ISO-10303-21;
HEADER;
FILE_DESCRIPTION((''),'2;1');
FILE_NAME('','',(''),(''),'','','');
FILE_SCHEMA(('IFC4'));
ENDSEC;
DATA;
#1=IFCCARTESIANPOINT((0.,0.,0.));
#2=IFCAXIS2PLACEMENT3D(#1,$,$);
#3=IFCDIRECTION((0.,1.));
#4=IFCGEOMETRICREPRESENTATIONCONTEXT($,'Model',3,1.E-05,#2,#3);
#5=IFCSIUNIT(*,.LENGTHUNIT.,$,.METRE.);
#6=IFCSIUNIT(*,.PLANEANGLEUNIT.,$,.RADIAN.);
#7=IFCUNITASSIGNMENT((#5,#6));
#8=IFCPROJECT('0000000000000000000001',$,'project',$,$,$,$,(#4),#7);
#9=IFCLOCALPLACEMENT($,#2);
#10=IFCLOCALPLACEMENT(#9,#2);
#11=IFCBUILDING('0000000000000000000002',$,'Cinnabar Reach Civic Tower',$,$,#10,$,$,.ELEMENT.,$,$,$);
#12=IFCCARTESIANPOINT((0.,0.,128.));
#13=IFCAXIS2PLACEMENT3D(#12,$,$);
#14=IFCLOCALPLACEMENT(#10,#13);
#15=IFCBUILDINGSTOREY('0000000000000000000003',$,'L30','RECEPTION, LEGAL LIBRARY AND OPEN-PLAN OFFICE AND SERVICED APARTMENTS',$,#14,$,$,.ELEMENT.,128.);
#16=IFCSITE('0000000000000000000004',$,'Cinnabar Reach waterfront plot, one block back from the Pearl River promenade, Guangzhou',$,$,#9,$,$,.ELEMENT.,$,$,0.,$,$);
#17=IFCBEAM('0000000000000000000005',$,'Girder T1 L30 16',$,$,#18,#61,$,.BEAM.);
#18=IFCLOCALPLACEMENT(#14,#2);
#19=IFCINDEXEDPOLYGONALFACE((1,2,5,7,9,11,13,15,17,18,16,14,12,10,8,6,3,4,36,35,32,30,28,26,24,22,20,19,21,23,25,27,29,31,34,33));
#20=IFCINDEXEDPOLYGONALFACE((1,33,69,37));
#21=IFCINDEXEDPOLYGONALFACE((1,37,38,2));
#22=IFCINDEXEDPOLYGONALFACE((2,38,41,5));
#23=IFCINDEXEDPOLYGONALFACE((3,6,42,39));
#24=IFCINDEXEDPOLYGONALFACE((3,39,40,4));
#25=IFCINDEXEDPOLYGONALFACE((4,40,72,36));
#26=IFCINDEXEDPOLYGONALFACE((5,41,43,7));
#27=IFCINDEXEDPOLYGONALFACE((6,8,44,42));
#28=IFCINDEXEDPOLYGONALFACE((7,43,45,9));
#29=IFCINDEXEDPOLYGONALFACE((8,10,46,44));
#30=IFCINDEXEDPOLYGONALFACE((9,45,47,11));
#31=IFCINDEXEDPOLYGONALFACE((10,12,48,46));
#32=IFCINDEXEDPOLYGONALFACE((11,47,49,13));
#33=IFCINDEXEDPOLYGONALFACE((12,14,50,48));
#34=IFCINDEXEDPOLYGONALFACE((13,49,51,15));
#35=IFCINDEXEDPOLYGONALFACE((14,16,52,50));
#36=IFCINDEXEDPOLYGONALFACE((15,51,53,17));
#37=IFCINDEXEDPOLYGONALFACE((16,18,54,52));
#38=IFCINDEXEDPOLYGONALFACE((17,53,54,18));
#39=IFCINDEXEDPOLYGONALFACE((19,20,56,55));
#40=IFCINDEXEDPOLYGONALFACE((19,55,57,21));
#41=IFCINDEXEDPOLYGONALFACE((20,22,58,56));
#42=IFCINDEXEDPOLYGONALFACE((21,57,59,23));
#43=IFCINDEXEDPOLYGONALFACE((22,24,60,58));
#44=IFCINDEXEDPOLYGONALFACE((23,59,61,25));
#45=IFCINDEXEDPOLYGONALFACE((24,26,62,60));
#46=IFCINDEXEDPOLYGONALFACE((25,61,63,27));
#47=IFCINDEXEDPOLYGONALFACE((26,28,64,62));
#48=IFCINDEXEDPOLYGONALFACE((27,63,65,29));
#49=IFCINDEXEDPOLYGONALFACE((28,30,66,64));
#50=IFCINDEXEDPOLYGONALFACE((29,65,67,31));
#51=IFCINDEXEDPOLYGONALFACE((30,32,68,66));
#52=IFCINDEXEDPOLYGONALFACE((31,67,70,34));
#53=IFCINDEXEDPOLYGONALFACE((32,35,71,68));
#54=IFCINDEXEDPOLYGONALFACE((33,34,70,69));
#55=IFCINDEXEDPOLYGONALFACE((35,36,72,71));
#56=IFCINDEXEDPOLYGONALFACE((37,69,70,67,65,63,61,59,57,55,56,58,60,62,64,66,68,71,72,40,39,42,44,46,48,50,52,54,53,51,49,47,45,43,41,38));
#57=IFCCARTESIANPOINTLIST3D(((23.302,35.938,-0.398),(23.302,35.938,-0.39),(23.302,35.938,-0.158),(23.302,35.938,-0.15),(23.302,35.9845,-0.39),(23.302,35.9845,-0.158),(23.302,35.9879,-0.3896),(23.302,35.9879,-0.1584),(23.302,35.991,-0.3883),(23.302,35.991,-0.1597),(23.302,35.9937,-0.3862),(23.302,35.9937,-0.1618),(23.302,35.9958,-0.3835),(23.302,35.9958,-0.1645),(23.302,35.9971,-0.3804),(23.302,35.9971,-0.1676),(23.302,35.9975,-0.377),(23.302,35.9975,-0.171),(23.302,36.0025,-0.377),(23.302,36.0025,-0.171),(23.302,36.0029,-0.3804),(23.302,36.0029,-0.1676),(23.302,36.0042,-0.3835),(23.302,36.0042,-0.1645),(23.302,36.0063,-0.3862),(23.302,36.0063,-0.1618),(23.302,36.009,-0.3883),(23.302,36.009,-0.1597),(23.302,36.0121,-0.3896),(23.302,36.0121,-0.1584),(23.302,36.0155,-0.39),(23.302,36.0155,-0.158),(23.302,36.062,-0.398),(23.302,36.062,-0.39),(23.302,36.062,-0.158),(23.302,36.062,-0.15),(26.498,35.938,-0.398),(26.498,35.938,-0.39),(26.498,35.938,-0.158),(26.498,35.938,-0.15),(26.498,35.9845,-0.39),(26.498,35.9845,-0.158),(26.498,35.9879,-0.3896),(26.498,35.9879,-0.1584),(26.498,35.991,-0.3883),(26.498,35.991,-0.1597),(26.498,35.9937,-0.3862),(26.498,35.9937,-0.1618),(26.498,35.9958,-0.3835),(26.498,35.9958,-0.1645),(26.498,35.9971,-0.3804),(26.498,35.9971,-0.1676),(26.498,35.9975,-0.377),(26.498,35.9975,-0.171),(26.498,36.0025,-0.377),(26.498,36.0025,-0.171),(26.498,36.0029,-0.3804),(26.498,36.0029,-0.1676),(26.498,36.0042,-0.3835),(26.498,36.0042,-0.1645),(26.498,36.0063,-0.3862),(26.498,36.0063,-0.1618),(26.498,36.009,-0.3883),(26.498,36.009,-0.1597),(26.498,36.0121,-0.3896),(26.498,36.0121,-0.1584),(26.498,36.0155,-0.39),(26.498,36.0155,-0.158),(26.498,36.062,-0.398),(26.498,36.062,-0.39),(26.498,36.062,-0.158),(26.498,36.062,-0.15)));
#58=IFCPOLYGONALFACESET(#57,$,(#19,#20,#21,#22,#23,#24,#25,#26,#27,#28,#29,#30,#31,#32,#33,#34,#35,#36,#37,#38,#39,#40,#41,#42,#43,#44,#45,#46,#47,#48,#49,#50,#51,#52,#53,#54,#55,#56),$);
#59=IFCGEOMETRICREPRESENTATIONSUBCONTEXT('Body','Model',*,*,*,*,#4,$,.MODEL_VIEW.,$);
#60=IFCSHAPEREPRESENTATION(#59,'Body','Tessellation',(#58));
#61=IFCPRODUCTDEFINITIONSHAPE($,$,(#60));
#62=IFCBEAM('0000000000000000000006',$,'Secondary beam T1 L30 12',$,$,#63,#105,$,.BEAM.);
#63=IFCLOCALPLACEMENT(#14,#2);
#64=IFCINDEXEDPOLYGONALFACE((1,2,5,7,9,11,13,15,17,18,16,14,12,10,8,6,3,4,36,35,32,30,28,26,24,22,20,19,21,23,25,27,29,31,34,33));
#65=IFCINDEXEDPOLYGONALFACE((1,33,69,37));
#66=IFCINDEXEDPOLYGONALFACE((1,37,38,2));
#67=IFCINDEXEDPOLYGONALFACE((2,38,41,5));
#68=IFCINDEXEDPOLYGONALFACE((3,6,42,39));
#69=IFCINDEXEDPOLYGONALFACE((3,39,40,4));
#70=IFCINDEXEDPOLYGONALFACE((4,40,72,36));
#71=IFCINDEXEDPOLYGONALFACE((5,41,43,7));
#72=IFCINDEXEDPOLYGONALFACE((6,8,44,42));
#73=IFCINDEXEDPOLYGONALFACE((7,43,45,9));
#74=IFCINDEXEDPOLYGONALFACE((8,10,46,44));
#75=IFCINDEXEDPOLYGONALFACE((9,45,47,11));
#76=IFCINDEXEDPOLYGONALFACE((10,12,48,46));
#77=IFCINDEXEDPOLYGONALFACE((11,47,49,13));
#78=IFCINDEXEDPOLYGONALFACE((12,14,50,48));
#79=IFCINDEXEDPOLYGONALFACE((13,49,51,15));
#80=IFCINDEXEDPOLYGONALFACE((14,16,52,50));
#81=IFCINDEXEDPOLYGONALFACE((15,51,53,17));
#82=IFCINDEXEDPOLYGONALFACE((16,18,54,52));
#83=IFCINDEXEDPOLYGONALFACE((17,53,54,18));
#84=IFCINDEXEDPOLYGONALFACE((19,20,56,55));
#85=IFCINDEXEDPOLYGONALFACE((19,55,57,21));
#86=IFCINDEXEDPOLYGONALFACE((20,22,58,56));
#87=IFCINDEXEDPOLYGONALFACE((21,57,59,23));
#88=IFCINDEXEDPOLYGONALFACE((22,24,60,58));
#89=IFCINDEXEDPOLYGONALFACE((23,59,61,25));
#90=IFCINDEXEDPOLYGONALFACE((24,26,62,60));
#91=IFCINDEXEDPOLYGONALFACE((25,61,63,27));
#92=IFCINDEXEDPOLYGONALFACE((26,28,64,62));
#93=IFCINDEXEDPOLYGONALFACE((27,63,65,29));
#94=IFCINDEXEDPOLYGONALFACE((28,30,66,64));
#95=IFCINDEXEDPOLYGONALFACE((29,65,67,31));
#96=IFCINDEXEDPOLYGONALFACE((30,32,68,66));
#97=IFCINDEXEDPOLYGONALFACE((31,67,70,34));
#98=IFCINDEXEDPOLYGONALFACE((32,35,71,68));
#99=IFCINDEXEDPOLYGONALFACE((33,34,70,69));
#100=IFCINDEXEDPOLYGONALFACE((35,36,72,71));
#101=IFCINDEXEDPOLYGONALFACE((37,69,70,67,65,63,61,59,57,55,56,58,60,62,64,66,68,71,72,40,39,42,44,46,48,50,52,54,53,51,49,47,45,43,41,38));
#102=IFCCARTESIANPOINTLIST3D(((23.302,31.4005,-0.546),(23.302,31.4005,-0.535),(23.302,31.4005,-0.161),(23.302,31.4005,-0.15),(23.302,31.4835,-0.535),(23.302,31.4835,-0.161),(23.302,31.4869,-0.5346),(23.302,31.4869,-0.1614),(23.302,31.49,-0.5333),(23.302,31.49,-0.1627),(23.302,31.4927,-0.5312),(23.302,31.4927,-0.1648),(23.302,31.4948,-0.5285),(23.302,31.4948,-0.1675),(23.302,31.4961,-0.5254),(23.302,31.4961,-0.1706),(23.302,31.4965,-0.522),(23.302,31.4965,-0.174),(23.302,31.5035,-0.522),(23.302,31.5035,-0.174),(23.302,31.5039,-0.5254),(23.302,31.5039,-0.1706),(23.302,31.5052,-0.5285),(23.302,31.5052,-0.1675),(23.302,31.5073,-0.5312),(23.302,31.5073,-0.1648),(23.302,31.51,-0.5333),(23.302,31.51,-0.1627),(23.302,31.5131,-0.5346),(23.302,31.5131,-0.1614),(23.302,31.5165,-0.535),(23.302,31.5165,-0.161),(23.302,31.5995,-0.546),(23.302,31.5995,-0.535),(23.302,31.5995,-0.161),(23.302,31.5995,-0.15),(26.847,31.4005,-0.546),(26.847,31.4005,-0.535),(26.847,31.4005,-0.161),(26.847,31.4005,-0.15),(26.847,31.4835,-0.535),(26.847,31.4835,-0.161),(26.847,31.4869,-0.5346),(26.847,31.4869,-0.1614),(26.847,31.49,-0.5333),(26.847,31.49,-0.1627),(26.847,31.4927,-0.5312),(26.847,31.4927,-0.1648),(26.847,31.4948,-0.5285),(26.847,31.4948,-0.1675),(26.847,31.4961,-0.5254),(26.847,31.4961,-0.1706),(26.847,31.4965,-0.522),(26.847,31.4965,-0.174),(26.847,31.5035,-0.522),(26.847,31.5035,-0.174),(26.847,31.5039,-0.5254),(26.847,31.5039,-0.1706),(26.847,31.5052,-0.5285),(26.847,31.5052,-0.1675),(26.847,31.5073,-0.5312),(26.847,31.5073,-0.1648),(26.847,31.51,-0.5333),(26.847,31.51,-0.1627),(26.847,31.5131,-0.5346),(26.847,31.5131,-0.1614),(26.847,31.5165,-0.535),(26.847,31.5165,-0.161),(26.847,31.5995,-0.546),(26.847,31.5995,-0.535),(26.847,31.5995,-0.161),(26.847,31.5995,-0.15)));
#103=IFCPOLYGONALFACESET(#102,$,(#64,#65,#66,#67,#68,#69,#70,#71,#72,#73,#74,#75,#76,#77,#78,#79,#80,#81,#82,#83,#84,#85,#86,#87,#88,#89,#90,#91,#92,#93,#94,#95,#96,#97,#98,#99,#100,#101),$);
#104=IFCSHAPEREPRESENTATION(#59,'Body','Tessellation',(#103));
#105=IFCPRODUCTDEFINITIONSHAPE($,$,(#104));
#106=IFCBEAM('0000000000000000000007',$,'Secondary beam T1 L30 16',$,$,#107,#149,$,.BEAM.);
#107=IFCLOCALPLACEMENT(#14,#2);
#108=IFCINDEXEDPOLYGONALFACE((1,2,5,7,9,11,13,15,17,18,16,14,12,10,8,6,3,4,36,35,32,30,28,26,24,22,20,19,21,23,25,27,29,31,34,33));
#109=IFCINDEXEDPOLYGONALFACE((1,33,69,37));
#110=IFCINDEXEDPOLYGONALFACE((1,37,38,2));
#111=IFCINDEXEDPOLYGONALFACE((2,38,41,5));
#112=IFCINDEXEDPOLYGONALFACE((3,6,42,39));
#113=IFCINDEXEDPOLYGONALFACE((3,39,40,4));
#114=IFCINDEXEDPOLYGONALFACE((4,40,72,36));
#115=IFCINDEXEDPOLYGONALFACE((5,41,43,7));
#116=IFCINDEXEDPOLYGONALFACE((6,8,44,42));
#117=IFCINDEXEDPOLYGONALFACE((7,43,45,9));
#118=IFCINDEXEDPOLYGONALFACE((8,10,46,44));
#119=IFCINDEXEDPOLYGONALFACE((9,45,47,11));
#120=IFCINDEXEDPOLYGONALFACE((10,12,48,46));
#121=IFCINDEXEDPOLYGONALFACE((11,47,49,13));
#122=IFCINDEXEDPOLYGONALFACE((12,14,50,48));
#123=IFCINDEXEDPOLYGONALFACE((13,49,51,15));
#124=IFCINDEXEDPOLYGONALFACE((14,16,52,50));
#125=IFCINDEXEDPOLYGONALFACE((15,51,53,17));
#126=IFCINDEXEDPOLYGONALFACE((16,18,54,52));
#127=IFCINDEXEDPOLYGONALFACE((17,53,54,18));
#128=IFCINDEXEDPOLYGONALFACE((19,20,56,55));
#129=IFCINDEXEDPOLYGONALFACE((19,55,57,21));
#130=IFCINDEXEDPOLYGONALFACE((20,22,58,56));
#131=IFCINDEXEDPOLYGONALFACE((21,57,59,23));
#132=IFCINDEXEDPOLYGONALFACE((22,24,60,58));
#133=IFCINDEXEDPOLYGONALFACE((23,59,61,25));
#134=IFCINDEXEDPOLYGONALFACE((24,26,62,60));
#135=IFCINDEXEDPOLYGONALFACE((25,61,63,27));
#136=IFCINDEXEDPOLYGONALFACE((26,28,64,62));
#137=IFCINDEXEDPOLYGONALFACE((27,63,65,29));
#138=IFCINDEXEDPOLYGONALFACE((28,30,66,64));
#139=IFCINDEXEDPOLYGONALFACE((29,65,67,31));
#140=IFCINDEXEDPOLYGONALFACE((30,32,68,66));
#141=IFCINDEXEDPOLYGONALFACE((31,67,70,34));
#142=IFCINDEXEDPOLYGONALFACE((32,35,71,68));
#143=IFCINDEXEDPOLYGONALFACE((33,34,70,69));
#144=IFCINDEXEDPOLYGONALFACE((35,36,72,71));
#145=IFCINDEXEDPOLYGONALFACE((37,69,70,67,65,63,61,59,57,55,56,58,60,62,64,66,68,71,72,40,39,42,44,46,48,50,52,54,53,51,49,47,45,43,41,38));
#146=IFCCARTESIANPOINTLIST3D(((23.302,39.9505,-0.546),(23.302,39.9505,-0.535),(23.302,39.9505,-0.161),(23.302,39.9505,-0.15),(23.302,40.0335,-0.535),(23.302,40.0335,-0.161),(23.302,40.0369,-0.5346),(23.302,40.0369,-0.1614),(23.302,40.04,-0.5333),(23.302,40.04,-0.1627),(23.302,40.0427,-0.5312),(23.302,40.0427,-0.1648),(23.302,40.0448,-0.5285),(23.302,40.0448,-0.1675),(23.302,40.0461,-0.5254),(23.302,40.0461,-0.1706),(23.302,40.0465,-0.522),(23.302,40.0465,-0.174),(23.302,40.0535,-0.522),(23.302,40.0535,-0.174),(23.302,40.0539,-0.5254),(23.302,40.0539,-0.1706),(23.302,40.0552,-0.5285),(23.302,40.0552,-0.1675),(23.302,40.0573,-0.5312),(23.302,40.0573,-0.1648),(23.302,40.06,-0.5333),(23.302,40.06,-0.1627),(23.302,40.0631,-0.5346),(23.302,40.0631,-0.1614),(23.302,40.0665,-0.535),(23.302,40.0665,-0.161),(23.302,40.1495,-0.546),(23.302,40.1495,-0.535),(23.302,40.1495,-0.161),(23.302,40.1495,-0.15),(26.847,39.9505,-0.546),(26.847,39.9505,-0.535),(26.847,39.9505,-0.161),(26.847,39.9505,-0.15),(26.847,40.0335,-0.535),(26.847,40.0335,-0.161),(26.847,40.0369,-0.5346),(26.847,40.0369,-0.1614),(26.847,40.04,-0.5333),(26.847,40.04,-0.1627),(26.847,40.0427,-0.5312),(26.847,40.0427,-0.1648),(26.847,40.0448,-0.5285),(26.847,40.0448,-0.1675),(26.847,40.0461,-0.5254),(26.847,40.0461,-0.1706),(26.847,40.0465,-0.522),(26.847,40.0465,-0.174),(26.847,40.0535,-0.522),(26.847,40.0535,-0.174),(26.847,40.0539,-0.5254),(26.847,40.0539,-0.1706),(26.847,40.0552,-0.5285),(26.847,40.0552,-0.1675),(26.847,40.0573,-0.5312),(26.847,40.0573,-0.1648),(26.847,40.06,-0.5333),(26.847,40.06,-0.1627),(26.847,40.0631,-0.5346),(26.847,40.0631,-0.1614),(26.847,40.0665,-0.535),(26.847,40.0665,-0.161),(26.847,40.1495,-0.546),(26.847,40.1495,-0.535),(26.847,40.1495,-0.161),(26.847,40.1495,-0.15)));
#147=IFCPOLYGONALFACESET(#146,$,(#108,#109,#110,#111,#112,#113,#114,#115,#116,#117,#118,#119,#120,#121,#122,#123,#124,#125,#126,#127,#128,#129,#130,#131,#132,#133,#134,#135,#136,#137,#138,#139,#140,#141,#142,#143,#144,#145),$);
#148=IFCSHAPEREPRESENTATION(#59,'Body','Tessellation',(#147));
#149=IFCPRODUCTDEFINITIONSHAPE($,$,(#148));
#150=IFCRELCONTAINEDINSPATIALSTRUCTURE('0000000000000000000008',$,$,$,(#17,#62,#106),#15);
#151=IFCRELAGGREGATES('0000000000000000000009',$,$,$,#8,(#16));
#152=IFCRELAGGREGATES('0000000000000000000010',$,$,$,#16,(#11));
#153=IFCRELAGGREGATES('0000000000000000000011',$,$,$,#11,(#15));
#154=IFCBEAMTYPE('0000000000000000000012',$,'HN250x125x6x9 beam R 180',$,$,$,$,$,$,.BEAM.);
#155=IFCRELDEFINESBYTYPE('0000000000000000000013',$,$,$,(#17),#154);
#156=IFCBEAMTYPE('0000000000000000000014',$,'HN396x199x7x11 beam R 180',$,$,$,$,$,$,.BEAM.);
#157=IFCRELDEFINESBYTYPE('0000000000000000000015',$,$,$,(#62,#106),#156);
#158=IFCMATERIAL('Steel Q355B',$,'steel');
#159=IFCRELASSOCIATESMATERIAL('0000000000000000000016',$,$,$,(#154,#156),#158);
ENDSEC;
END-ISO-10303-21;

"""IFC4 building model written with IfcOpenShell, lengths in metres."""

from ifc_helpers import new_model, si_unit, direction, frame, origin, origin_2d, place, context, subcontext, project, spatial, i_section, extrude, material, material_profile, profile_set, type_object, element, save


model = new_model("IFC4")

# Units and contexts
model_context = context("Model", 3, precision=1e-05, world=origin(), true_north=direction((0.0, 1.0)))
body_context = subcontext(model_context, "Body", "Model", "MODEL_VIEW")
ifc_project = project(units=[si_unit("LENGTHUNIT", "METRE"), si_unit("PLANEANGLEUNIT", "RADIAN")], contexts=[model_context])

# Site, building, storey
site_placement = place(None, origin())
site = spatial("IfcSite", under=ifc_project, at=site_placement, Name="Cinnabar Reach waterfront plot, one block back from the Pearl River promenade, Guangzhou", CompositionType="ELEMENT", RefElevation=0.0)
building_placement = place(site_placement, origin())
building = spatial("IfcBuilding", under=site, at=building_placement, Name="Cinnabar Reach Civic Tower", CompositionType="ELEMENT")
storey_placement = place(building_placement, frame((0.0, 0.0, 128.0)))
storey = spatial("IfcBuildingStorey", under=building, at=storey_placement, Name="L30", Description="RECEPTION, LEGAL LIBRARY AND OPEN-PLAN OFFICE AND SERVICED APARTMENTS", CompositionType="ELEMENT", Elevation=128.0)

# Beams
ifc_material_1 = material(Name="Steel Q355B", Category="steel")
ifc_material_profile_1 = material_profile(ifc_material_1, i_section(OverallWidth=0.124, OverallDepth=0.248, WebThickness=0.005, FlangeThickness=0.008, FilletRadius=0.013, at=origin_2d()), Name="HN250x125x6x9")
ifc_profile_set_1 = profile_set([ifc_material_profile_1], Name="Steel Q355B")
beam_type_1 = type_object("IfcBeamType", Name="HN250x125x6x9 beam R 180", PredefinedType="BEAM", material=ifc_profile_set_1)
beam_placement = place(storey_placement, frame((23.302, 36.0, -0.274), z_axis=(1.0, 0.0, 0.0), x_axis=(0.0, 1.0, 0.0)))
element("IfcBeam", 1, at=beam_placement, inside=storey, type_object=beam_type_1, Name="Girder T1 L30 16", PredefinedType="BEAM", context=body_context, shape_type="SweptSolid", body=[
    extrude(i_section(OverallWidth=0.124, OverallDepth=0.248, WebThickness=0.005, FlangeThickness=0.008, FilletRadius=0.013, at=origin_2d()), origin(), (0.0, 0.0, 1.0), 3.196),
])
ifc_material_profile_2 = material_profile(ifc_material_1, i_section(OverallWidth=0.199, OverallDepth=0.396, WebThickness=0.007, FlangeThickness=0.011, FilletRadius=0.013, at=origin_2d()), Name="HN396x199x7x11")
ifc_profile_set_2 = profile_set([ifc_material_profile_2], Name="Steel Q355B")
beam_type_2 = type_object("IfcBeamType", Name="HN396x199x7x11 beam R 180", PredefinedType="BEAM", material=ifc_profile_set_2)
for number, where, z_axis, x_axis, name in (
    (2, (23.302, 31.5, -0.348), (1.0, 0.0, 0.0), (0.0, 1.0, 0.0), "Secondary beam T1 L30 12"),
    (3, (23.302, 40.05, -0.348), (1.0, 0.0, 0.0), (0.0, 1.0, 0.0), "Secondary beam T1 L30 16"),
):
    element("IfcBeam", number, at=place(storey_placement, frame(where, z_axis=z_axis, x_axis=x_axis)), inside=storey, type_object=beam_type_2, Name=name, PredefinedType="BEAM", context=body_context, shape_type="SweptSolid", body=[
        extrude(i_section(OverallWidth=0.199, OverallDepth=0.396, WebThickness=0.007, FlangeThickness=0.011, FilletRadius=0.013, at=origin_2d()), origin(), (0.0, 0.0, 1.0), 3.545),
    ])

save(model, "model.ifc")
